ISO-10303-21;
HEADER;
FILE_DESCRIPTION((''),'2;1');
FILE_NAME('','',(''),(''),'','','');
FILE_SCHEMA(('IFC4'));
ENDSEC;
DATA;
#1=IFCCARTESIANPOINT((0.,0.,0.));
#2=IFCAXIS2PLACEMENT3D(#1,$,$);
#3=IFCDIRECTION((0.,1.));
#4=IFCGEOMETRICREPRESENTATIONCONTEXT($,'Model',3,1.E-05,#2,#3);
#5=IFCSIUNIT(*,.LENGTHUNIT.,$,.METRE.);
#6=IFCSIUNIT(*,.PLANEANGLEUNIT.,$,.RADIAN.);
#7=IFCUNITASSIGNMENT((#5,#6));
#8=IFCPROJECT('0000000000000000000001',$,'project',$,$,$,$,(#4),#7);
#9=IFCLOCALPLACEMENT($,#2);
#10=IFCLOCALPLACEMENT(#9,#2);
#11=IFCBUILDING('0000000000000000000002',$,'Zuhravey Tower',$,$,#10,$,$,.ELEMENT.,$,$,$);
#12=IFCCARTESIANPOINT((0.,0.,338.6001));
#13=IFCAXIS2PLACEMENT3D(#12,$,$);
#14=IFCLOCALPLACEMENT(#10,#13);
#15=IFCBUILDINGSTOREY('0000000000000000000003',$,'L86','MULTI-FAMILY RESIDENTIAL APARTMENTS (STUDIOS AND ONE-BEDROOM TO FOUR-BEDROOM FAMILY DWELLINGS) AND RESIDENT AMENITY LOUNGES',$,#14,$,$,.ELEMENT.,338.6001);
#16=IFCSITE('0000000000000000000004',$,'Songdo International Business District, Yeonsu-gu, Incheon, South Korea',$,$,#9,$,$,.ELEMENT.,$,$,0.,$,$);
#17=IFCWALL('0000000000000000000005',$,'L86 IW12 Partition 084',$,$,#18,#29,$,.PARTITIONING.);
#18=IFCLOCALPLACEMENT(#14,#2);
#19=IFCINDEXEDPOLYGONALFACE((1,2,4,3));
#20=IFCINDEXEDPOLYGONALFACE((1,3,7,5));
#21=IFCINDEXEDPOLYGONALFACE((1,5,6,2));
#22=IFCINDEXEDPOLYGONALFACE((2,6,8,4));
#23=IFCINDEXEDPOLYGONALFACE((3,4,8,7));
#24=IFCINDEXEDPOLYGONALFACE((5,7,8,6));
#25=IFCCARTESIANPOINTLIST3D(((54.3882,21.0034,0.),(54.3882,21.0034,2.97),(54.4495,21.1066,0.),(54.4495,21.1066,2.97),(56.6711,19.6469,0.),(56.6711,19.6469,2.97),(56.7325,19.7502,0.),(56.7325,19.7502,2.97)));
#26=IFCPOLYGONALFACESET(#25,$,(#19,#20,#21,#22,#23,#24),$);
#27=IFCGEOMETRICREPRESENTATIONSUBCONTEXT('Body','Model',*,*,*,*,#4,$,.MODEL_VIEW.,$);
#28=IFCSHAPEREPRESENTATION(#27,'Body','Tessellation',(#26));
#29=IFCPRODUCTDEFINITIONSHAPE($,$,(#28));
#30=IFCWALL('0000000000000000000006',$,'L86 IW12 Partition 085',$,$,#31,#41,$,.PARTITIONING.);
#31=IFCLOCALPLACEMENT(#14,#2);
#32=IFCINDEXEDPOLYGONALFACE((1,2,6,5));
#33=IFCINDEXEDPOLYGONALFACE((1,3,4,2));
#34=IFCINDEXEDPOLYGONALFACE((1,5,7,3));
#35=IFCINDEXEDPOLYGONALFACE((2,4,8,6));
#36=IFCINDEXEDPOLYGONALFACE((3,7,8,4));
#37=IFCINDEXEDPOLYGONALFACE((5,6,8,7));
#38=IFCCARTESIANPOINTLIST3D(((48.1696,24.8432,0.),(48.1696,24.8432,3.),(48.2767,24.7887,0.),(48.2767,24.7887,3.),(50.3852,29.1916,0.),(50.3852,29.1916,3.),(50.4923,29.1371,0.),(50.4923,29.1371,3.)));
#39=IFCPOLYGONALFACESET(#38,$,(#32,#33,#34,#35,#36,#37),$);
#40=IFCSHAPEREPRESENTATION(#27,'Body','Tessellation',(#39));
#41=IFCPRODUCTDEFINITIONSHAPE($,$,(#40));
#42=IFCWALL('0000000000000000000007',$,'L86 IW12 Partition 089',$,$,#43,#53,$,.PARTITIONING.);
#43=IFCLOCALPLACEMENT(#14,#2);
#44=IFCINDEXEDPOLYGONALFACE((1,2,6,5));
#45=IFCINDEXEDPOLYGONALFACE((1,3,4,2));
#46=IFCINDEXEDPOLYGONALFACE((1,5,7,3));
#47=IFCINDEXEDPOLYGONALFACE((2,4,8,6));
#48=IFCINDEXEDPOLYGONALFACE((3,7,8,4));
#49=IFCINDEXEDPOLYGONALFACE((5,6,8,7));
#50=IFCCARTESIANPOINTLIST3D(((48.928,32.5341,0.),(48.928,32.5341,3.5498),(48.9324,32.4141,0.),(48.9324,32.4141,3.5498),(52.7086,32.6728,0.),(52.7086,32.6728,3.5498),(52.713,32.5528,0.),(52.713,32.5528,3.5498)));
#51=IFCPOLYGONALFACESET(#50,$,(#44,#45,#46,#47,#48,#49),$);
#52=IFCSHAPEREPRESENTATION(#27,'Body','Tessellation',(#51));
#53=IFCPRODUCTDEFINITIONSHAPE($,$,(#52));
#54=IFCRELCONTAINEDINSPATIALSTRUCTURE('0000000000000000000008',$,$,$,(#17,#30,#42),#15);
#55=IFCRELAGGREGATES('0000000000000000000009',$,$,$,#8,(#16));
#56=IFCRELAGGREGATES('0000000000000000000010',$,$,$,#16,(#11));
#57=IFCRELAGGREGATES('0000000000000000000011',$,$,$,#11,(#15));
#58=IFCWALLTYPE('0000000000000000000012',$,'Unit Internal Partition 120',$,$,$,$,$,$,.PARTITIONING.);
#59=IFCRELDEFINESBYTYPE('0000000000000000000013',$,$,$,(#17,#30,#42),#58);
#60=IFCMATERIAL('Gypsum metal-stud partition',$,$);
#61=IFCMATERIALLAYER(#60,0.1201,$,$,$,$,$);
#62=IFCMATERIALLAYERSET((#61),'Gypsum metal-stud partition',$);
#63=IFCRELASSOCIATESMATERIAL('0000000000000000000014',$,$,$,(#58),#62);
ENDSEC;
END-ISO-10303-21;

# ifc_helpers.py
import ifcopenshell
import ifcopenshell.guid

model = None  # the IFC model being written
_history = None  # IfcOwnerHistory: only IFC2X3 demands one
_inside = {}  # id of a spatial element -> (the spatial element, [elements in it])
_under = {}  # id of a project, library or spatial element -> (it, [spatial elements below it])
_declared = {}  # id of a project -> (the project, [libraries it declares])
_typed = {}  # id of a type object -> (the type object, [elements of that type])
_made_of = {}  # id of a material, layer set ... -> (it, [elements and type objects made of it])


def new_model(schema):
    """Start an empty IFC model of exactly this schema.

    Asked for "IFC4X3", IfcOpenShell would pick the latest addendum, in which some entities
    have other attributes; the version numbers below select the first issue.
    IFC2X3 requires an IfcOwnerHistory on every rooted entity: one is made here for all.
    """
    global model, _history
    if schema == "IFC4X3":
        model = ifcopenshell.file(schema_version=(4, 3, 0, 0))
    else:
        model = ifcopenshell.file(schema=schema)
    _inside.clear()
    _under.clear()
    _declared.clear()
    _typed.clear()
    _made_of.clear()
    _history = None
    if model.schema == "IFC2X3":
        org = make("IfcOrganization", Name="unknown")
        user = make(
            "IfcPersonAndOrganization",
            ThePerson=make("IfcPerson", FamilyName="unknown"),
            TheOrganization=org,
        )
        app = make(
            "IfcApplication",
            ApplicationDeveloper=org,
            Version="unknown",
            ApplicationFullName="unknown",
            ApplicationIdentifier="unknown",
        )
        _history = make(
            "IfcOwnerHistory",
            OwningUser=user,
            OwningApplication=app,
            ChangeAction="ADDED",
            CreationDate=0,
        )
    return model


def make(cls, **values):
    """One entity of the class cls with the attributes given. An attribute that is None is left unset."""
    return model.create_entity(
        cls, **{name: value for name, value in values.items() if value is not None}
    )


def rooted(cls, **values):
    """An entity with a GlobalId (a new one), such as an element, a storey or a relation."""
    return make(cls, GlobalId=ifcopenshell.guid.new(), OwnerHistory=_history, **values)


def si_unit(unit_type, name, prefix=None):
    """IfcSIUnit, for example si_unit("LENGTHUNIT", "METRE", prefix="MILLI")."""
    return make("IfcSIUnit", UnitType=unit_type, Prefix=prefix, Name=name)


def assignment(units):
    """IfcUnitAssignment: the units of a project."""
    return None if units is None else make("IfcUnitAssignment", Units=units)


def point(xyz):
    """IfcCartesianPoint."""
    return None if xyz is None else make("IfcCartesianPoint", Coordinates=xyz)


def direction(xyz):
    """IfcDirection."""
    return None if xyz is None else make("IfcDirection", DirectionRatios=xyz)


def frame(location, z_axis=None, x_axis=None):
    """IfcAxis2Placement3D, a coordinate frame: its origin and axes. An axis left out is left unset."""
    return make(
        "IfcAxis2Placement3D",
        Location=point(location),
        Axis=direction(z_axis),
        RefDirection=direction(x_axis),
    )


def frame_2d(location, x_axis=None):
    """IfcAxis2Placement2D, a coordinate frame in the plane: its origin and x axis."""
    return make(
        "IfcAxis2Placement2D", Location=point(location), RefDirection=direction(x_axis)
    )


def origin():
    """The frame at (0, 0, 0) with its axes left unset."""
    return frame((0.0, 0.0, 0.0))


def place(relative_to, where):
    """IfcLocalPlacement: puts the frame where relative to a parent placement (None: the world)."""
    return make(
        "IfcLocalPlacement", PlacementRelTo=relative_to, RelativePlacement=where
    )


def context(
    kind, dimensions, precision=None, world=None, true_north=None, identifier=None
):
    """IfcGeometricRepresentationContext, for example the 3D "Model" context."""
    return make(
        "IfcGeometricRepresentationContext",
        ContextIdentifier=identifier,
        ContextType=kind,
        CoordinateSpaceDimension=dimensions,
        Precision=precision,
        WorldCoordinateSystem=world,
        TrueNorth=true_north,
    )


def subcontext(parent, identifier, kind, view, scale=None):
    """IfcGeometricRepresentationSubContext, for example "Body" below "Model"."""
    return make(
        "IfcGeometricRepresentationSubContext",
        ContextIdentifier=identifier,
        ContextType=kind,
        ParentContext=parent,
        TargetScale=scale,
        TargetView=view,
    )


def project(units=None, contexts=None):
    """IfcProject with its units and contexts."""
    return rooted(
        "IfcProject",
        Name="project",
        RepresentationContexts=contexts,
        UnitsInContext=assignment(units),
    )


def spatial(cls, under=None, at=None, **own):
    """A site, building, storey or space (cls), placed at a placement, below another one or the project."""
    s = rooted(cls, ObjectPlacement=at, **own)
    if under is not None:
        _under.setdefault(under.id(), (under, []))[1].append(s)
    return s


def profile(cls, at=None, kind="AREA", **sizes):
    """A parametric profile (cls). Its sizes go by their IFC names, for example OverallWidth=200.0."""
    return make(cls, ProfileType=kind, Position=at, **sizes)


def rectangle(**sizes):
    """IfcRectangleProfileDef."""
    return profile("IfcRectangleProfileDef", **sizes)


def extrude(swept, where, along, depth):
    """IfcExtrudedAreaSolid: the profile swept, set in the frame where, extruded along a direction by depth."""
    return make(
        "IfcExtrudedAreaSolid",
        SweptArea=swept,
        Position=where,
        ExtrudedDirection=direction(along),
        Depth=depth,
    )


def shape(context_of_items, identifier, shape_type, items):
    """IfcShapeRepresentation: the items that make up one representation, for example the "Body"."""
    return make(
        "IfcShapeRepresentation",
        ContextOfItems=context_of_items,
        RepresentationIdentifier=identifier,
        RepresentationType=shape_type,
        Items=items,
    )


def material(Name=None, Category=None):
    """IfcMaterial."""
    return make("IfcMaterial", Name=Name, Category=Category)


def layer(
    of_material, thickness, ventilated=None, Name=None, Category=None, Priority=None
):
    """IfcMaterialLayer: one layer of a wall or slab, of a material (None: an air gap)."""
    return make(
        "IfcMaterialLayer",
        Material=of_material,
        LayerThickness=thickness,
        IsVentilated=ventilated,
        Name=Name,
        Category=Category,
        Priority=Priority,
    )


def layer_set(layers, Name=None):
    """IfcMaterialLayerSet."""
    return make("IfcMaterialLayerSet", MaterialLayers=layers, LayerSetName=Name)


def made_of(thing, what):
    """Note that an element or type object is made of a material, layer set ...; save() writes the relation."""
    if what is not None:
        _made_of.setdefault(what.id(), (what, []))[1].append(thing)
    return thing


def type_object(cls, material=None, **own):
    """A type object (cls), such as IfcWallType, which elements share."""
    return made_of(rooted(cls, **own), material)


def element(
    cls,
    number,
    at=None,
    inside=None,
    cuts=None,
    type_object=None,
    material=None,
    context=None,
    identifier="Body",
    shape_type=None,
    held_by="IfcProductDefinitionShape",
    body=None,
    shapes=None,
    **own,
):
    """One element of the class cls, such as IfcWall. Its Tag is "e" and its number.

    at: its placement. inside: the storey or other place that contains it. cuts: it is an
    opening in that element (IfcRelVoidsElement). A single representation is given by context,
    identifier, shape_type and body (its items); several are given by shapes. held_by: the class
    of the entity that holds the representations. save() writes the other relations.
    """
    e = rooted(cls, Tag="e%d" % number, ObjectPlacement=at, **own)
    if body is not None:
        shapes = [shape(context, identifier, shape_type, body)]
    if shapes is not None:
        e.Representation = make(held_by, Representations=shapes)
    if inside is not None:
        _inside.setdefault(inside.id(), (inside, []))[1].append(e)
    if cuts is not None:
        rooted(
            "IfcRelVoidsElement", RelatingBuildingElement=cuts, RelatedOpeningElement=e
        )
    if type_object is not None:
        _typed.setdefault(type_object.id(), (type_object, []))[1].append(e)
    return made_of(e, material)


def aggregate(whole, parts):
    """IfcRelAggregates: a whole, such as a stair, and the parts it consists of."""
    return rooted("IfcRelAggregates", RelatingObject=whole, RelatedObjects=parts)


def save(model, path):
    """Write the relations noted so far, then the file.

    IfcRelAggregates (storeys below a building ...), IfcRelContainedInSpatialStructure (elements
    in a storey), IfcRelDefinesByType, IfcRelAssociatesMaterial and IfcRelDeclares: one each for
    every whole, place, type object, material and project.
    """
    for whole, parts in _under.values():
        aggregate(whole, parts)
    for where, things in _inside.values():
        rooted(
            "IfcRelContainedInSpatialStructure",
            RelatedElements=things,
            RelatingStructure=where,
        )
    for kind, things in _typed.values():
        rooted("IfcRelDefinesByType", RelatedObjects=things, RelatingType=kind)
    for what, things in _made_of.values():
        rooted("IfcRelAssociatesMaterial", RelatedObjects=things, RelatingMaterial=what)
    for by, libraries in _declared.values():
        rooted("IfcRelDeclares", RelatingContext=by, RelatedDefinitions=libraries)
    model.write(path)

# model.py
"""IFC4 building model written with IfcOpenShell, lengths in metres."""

from ifc_helpers import new_model, si_unit, direction, frame, frame_2d, origin, place, context, subcontext, project, spatial, rectangle, extrude, material, layer, layer_set, type_object, element, save


model = new_model("IFC4")

# Units and contexts
model_context = context("Model", 3, precision=1e-05, world=origin(), true_north=direction((0.0, 1.0)))
body_context = subcontext(model_context, "Body", "Model", "MODEL_VIEW")
ifc_project = project(units=[si_unit("LENGTHUNIT", "METRE"), si_unit("PLANEANGLEUNIT", "RADIAN")], contexts=[model_context])

# Site, building, storey
site_placement = place(None, origin())
site = spatial("IfcSite", under=ifc_project, at=site_placement, Name="Songdo International Business District, Yeonsu-gu, Incheon, South Korea", CompositionType="ELEMENT", RefElevation=0.0)
building_placement = place(site_placement, origin())
building = spatial("IfcBuilding", under=site, at=building_placement, Name="Zuhravey Tower", CompositionType="ELEMENT")
storey_placement = place(building_placement, frame((0.0, 0.0, 338.6001)))
storey = spatial("IfcBuildingStorey", under=building, at=storey_placement, Name="L86", Description="MULTI-FAMILY RESIDENTIAL APARTMENTS (STUDIOS AND ONE-BEDROOM TO FOUR-BEDROOM FAMILY DWELLINGS) AND RESIDENT AMENITY LOUNGES", CompositionType="ELEMENT", Elevation=338.6001)

# Shared definitions
ifc_material_1 = material(Name="Gypsum metal-stud partition")
ifc_layer_1 = layer(ifc_material_1, 0.1201)
ifc_layer_set_1 = layer_set([ifc_layer_1], Name="Gypsum metal-stud partition")
wall_type_1 = type_object("IfcWallType", Name="Unit Internal Partition 120", PredefinedType="PARTITIONING", material=ifc_layer_set_1)

# Walls
wall_1_placement = place(storey_placement, frame((54.4189, 21.0549, 0.0), z_axis=(0.0, 0.0, 1.0), x_axis=(0.8597, -0.5108, 0.0)))
element("IfcWall", 1, at=wall_1_placement, inside=storey, type_object=wall_type_1, Name="L86 IW12 Partition 084", PredefinedType="PARTITIONING", context=body_context, shape_type="SweptSolid", body=[
    extrude(rectangle(XDim=2.6555, YDim=0.1201, at=frame_2d((1.3276, 0.0))), origin(), (0.0, 0.0, 1.0), 2.97),
])
wall_2_placement = place(storey_placement, frame((48.2231, 24.8159, 0.0), z_axis=(0.0, 0.0, 1.0), x_axis=(0.453984, 0.89101, 0.0)))
element("IfcWall", 2, at=wall_2_placement, inside=storey, type_object=wall_type_1, Name="L86 IW12 Partition 085", PredefinedType="PARTITIONING", context=body_context, shape_type="SweptSolid", body=[
    extrude(rectangle(XDim=4.8804, YDim=0.1201, at=frame_2d((2.4402, 0.0))), origin(), (0.0, 0.0, 1.0), 3.0),
])
wall_3_placement = place(storey_placement, frame((48.9302, 32.4741, 0.0), z_axis=(0.0, 0.0, 1.0), x_axis=(0.999328, 0.036654, 0.0)))
element("IfcWall", 3, at=wall_3_placement, inside=storey, type_object=wall_type_1, Name="L86 IW12 Partition 089", PredefinedType="PARTITIONING", context=body_context, shape_type="SweptSolid", body=[
    extrude(rectangle(XDim=3.7832, YDim=0.1201, at=frame_2d((1.8916, 0.0))), origin(), (0.0, 0.0, 1.0), 3.5498),
])

save(model, "model.ifc")
